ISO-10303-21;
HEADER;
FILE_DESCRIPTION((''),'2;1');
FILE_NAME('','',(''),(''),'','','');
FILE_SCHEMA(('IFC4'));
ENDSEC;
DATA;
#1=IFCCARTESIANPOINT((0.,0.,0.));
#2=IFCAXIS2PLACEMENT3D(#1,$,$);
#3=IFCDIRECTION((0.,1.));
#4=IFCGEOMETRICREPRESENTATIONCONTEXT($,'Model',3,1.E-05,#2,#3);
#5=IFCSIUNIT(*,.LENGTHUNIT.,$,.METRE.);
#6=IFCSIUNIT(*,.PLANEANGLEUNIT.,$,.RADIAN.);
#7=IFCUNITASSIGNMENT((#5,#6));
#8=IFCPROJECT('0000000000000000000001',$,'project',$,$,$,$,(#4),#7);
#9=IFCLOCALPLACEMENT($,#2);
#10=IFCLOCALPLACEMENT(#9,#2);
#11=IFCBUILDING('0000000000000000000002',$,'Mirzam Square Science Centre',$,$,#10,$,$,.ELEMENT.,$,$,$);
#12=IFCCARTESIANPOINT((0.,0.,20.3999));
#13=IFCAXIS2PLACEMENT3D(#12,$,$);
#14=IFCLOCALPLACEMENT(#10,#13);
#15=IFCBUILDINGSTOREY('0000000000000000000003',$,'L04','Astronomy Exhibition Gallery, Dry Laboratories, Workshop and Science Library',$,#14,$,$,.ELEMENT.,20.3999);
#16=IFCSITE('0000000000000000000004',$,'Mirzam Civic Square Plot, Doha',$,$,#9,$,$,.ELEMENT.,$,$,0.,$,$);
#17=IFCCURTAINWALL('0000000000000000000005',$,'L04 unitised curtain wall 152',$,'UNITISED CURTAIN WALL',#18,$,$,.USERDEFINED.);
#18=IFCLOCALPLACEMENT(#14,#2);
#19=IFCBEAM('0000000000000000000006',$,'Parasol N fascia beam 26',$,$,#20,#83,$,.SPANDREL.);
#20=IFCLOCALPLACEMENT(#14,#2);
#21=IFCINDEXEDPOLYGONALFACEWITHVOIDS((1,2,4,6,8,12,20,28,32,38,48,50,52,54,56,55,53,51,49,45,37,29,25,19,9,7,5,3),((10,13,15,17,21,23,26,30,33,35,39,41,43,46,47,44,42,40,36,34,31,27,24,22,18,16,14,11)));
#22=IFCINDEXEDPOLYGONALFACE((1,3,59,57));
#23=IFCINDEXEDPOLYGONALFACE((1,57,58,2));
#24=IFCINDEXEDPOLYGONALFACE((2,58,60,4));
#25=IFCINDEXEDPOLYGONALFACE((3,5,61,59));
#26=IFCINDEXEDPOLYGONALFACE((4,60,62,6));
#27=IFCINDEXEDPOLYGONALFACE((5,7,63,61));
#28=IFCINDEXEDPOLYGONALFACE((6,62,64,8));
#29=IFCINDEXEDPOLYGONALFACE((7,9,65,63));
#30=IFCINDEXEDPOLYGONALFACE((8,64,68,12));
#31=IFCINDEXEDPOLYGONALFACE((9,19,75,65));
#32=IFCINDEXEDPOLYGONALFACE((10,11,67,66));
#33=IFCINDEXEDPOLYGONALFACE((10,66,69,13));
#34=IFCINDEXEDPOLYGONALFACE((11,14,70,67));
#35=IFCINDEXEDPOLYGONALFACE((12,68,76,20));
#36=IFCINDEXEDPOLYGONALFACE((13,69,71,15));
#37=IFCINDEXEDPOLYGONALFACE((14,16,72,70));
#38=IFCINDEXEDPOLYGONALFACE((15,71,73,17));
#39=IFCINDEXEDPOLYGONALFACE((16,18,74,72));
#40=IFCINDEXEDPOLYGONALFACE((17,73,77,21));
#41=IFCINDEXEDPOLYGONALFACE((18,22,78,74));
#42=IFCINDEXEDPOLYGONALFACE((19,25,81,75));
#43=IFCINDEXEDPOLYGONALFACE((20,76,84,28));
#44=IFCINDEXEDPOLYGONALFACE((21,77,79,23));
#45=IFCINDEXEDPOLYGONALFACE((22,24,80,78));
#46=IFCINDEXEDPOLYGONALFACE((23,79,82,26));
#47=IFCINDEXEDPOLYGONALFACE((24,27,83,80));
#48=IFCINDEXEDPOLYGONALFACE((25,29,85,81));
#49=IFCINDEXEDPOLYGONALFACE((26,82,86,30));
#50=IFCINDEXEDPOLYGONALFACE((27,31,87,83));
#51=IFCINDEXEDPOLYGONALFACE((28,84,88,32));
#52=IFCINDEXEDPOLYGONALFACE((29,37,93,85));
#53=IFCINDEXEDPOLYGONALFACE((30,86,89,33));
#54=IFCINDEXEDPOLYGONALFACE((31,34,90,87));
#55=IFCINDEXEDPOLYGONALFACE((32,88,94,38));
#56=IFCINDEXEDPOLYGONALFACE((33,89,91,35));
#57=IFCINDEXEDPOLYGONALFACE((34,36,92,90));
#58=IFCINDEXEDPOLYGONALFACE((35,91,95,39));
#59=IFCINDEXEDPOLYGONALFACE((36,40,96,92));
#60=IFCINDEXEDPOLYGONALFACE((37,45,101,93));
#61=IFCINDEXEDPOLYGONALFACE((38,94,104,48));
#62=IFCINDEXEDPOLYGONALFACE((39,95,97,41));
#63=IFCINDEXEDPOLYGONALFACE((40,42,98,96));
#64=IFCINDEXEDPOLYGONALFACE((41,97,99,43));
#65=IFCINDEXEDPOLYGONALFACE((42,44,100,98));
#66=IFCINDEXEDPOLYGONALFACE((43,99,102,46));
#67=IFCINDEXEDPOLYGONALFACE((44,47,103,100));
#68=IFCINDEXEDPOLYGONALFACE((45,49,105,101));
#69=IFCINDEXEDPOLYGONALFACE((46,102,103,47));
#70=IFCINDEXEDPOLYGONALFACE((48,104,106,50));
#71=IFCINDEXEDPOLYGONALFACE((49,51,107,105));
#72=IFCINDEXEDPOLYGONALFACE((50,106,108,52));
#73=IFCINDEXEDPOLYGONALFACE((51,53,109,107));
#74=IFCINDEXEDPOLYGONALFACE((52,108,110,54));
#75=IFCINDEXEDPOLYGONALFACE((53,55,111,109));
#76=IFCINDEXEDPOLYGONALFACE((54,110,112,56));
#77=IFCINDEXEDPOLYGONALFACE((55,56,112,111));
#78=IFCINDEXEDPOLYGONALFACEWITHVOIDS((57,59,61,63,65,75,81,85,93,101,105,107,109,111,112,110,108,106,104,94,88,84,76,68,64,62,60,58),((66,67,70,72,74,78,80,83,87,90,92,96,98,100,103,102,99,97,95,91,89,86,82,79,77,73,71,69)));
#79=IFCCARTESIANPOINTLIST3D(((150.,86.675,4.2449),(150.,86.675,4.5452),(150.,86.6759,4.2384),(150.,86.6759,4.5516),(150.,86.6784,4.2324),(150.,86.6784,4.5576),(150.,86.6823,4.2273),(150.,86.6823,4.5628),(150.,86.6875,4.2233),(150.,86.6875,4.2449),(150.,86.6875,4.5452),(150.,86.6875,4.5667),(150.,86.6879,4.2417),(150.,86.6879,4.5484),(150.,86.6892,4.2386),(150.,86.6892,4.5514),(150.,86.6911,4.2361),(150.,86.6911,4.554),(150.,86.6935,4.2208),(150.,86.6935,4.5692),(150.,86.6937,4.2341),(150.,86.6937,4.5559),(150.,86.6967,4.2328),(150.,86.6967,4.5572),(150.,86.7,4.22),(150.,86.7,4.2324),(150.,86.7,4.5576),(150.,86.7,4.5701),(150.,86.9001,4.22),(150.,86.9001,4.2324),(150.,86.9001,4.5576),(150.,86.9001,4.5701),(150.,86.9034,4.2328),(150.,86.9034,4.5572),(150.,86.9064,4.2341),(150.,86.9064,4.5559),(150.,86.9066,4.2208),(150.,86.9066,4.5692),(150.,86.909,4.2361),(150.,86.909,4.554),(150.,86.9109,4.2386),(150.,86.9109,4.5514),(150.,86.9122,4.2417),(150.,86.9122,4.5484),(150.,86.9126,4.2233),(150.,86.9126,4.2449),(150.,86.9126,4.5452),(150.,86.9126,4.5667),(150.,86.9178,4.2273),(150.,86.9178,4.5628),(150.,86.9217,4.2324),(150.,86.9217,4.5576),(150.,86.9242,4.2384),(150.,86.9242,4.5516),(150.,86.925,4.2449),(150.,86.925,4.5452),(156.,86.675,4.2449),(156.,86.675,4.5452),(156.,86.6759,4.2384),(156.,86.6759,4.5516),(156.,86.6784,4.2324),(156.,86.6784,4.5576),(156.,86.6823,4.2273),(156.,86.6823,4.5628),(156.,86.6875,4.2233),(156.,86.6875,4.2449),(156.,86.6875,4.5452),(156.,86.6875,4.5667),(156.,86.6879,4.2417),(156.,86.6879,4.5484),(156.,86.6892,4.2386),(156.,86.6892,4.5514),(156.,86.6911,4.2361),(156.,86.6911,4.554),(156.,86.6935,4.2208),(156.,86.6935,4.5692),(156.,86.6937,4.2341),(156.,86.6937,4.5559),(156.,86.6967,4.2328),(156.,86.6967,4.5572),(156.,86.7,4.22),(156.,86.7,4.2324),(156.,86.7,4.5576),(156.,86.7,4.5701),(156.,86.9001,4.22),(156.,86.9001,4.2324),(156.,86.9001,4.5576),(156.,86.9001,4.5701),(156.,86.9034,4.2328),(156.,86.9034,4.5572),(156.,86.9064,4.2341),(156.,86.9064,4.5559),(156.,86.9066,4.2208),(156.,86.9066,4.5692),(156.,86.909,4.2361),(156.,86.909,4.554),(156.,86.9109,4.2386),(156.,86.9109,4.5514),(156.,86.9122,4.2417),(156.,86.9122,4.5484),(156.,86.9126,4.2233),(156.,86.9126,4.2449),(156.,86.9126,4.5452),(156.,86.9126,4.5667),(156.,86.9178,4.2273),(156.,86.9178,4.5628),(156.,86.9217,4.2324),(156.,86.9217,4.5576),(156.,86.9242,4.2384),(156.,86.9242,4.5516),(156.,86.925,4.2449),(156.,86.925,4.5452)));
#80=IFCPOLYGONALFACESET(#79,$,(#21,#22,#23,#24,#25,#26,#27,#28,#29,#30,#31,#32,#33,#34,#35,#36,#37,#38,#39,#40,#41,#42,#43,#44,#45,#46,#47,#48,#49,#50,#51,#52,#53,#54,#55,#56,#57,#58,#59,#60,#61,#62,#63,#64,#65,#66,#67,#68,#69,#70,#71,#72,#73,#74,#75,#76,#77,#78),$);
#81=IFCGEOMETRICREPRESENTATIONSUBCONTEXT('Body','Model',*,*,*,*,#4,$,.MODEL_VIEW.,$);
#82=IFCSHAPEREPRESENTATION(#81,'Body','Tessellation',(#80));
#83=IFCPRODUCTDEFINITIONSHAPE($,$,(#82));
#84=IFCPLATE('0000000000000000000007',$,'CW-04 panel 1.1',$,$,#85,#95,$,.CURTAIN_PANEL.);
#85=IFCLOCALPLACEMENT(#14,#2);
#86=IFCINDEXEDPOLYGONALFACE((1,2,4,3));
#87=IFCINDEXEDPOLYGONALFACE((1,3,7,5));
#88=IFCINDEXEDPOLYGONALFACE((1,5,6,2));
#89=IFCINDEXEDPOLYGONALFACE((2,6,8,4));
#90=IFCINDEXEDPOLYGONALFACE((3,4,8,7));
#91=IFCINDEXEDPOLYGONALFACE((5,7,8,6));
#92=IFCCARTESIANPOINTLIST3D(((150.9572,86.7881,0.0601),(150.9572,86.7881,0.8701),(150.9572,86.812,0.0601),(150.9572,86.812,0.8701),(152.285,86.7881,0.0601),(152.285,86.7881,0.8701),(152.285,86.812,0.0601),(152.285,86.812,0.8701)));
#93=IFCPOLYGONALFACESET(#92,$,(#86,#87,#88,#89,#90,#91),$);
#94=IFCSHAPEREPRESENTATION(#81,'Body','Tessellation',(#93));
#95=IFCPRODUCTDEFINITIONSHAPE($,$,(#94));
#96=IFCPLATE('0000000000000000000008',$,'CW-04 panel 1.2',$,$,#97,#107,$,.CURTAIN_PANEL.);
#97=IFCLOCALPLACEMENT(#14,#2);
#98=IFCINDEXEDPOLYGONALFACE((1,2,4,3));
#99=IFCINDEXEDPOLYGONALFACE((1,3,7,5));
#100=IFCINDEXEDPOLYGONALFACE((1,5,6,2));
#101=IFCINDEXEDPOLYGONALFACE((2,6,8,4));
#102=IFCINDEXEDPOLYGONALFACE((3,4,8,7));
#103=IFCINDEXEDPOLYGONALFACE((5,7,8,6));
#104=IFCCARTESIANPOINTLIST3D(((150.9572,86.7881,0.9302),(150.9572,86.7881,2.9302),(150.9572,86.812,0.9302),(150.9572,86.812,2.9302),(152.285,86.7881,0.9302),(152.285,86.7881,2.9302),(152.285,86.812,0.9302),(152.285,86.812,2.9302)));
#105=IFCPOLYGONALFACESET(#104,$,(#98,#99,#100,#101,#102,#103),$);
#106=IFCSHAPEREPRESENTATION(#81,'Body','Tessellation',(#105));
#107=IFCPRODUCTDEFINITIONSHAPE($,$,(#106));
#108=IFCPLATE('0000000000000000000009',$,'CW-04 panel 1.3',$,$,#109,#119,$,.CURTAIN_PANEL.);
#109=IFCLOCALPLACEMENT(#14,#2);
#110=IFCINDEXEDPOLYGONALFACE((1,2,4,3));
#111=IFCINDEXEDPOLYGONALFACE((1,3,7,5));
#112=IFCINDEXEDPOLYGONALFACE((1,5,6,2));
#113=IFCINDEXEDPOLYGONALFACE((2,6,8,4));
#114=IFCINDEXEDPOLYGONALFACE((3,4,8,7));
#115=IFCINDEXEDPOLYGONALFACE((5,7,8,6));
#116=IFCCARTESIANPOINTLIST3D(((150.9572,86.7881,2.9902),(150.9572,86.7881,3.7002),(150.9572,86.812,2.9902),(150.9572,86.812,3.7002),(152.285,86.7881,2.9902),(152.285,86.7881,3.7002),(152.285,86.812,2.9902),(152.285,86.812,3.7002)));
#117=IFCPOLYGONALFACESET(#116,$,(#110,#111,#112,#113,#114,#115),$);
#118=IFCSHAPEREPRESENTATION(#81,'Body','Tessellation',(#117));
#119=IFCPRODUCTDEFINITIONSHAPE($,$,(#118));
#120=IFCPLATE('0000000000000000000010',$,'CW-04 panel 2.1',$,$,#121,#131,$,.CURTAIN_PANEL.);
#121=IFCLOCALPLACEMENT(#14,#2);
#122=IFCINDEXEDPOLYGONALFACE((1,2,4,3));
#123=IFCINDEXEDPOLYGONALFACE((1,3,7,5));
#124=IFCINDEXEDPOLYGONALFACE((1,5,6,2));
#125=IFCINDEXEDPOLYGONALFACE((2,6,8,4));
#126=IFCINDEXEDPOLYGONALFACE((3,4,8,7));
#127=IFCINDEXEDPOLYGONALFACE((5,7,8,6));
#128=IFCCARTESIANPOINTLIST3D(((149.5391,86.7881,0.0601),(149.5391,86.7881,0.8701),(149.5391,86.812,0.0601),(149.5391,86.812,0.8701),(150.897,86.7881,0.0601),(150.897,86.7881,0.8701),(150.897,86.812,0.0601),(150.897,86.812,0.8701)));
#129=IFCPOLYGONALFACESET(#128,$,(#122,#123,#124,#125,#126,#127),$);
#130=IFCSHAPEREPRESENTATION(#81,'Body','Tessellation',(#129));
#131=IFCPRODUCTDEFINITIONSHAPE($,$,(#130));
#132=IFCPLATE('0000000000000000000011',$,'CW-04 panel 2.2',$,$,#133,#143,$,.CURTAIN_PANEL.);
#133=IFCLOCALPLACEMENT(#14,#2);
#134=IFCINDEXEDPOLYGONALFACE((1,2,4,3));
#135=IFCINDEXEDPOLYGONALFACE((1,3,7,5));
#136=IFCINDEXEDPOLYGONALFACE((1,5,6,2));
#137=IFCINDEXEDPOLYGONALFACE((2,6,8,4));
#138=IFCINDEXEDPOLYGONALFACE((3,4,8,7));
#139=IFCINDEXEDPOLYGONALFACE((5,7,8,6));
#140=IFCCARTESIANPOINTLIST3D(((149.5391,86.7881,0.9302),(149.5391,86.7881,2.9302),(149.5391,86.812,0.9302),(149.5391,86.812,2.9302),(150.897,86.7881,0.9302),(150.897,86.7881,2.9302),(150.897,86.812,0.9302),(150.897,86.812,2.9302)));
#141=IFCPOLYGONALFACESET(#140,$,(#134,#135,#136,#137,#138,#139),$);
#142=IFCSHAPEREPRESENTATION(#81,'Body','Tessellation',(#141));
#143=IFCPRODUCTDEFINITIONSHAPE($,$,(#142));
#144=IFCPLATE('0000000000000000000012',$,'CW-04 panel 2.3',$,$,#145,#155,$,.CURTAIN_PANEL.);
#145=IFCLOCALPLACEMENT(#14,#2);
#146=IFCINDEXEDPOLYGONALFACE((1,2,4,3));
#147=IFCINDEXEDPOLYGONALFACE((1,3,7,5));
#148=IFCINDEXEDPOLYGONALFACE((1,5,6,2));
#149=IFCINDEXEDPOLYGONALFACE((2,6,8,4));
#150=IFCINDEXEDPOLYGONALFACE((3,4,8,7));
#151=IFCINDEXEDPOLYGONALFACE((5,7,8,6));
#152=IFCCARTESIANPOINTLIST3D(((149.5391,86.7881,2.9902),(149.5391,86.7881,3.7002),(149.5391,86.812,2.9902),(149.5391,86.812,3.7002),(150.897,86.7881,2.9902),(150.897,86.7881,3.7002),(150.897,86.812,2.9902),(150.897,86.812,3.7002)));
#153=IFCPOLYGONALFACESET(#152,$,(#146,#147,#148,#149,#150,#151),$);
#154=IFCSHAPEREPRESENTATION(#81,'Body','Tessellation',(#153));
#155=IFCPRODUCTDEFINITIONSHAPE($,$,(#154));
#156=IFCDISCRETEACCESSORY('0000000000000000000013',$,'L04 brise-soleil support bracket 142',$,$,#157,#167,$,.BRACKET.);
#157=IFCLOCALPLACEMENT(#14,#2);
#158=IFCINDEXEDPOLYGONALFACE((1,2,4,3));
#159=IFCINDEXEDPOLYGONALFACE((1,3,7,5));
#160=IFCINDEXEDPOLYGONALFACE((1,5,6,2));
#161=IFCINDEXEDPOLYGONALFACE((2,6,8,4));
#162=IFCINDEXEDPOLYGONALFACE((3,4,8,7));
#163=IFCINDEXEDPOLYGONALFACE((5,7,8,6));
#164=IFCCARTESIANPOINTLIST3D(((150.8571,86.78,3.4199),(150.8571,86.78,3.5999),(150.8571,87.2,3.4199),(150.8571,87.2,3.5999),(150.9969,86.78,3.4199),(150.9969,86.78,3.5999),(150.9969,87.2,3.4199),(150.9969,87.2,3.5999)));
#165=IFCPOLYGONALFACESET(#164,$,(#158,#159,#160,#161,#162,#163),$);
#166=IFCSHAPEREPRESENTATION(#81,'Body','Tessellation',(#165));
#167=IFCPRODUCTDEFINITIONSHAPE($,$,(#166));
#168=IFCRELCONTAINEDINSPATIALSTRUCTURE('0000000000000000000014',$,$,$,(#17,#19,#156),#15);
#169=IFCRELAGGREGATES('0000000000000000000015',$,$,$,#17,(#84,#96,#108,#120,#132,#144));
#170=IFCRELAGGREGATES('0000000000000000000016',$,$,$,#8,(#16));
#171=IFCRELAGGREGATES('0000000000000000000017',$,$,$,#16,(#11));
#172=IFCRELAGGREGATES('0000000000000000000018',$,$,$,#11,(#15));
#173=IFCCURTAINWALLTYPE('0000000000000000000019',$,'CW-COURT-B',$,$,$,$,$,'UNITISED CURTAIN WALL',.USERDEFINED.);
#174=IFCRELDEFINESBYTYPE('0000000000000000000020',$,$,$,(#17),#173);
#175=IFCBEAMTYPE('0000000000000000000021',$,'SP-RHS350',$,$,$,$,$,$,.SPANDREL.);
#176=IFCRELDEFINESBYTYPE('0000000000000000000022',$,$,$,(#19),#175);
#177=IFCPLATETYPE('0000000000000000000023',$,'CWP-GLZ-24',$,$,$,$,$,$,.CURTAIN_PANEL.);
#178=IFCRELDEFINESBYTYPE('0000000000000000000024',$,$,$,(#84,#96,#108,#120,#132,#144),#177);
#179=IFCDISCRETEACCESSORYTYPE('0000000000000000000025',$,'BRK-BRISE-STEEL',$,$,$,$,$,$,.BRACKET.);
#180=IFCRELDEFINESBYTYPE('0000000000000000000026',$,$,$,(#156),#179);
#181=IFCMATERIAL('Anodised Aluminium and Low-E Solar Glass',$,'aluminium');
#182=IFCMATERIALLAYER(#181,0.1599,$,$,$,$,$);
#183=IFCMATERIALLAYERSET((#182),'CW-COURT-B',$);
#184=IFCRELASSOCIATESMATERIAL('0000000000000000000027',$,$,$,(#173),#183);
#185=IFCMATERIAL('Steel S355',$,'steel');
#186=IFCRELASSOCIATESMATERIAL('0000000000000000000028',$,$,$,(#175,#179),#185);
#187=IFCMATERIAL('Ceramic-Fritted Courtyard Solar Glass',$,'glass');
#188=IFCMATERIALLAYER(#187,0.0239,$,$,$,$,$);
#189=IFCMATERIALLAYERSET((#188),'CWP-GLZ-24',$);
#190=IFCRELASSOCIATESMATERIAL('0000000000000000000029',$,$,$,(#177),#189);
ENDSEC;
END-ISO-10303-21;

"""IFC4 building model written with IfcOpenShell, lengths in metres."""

from ifc_helpers import new_model, si_unit, direction, frame, origin, origin_2d, place, context, subcontext, project, spatial, rectangle, hollow_rectangle, extrude, material, layer, layer_set, material_profile, profile_set, type_object, element, aggregate, save


model = new_model("IFC4")

# Units and contexts
model_context = context("Model", 3, precision=1e-05, world=origin(), true_north=direction((0.0, 1.0)))
body_context = subcontext(model_context, "Body", "Model", "MODEL_VIEW")
ifc_project = project(units=[si_unit("LENGTHUNIT", "METRE"), si_unit("PLANEANGLEUNIT", "RADIAN")], contexts=[model_context])

# Site, building, storey
site_placement = place(None, origin())
site = spatial("IfcSite", under=ifc_project, at=site_placement, Name="Mirzam Civic Square Plot, Doha", CompositionType="ELEMENT", RefElevation=0.0)
building_placement = place(site_placement, origin())
building = spatial("IfcBuilding", under=site, at=building_placement, Name="Mirzam Square Science Centre", CompositionType="ELEMENT")
storey_placement = place(building_placement, frame((0.0, 0.0, 20.3999)))
storey = spatial("IfcBuildingStorey", under=building, at=storey_placement, Name="L04", Description="Astronomy Exhibition Gallery, Dry Laboratories, Workshop and Science Library", CompositionType="ELEMENT", Elevation=20.3999)

# Shared definitions
ifc_material_1 = material(Name="Steel S355", Category="steel")

# Curtain wall
ifc_material_2 = material(Name="Anodised Aluminium and Low-E Solar Glass", Category="aluminium")
ifc_layer_1 = layer(ifc_material_2, 0.1599)
ifc_layer_set_1 = layer_set([ifc_layer_1], Name="CW-COURT-B")
curtain_wall_type = type_object("IfcCurtainWallType", Name="CW-COURT-B", ElementType="UNITISED CURTAIN WALL", PredefinedType="USERDEFINED", material=ifc_layer_set_1)
curtain_wall_placement = place(storey_placement, origin())
curtain_wall = element("IfcCurtainWall", 1, at=curtain_wall_placement, inside=storey, type_object=curtain_wall_type, Name="L04 unitised curtain wall 152", ObjectType="UNITISED CURTAIN WALL", PredefinedType="USERDEFINED")

# Beam
ifc_material_profile_1 = material_profile(ifc_material_1, hollow_rectangle(XDim=0.25, YDim=0.3501, WallThickness=0.0125, InnerFilletRadius=0.0125, OuterFilletRadius=0.0249, at=origin_2d()), Name="350x250x12.5RHS")
ifc_profile_set_1 = profile_set([ifc_material_profile_1], Name="Steel S355")
beam_type_1 = type_object("IfcBeamType", Name="SP-RHS350", PredefinedType="SPANDREL", material=ifc_profile_set_1)
for number, where, z_axis, x_axis, name in (
    (2, (150.0, 86.8, 4.395), (1.0, 0.0, 0.0), (0.0, 1.0, 0.0), "Parasol N fascia beam 26"),
):
    element("IfcBeam", number, at=place(storey_placement, frame(where, z_axis=z_axis, x_axis=x_axis)), inside=storey, type_object=beam_type_1, Name=name, PredefinedType="SPANDREL", context=body_context, shape_type="SweptSolid", body=[
        extrude(hollow_rectangle(XDim=0.25, YDim=0.3501, WallThickness=0.0125, InnerFilletRadius=0.0125, OuterFilletRadius=0.0249, at=origin_2d()), origin(), (0.0, 0.0, 1.0), 6.0),
    ])

# Plates
ifc_material_3 = material(Name="Ceramic-Fritted Courtyard Solar Glass", Category="glass")
ifc_layer_2 = layer(ifc_material_3, 0.0239)
ifc_layer_set_2 = layer_set([ifc_layer_2], Name="CWP-GLZ-24")
plate_type = type_object("IfcPlateType", Name="CWP-GLZ-24", PredefinedType="CURTAIN_PANEL", material=ifc_layer_set_2)
plate_1_placement = place(storey_placement, frame((151.6211, 86.8, 0.0601), z_axis=(0.0, 0.0, 1.0), x_axis=(-1.0, 0.0, 0.0)))
plate_1 = element("IfcPlate", 3, at=plate_1_placement, type_object=plate_type, Name="CW-04 panel 1.1", PredefinedType="CURTAIN_PANEL", context=body_context, shape_type="SweptSolid", body=[
    extrude(rectangle(XDim=1.3279, YDim=0.0239, at=origin_2d()), origin(), (0.0, 0.0, 1.0), 0.8101),
])
plate_2_placement = place(storey_placement, frame((151.6211, 86.8, 0.9302), z_axis=(0.0, 0.0, 1.0), x_axis=(-1.0, 0.0, 0.0)))
plate_2 = element("IfcPlate", 4, at=plate_2_placement, type_object=plate_type, Name="CW-04 panel 1.2", PredefinedType="CURTAIN_PANEL", context=body_context, shape_type="SweptSolid", body=[
    extrude(rectangle(XDim=1.3279, YDim=0.0239, at=origin_2d()), origin(), (0.0, 0.0, 1.0), 2.0),
])
plate_3_placement = place(storey_placement, frame((151.6211, 86.8, 2.9902), z_axis=(0.0, 0.0, 1.0), x_axis=(-1.0, 0.0, 0.0)))
plate_3 = element("IfcPlate", 5, at=plate_3_placement, type_object=plate_type, Name="CW-04 panel 1.3", PredefinedType="CURTAIN_PANEL", context=body_context, shape_type="SweptSolid", body=[
    extrude(rectangle(XDim=1.3279, YDim=0.0239, at=origin_2d()), origin(), (0.0, 0.0, 1.0), 0.71),
])
plate_4_placement = place(storey_placement, frame((150.218, 86.8, 0.0601), z_axis=(0.0, 0.0, 1.0), x_axis=(-1.0, 0.0, 0.0)))
plate_4 = element("IfcPlate", 6, at=plate_4_placement, type_object=plate_type, Name="CW-04 panel 2.1", PredefinedType="CURTAIN_PANEL", context=body_context, shape_type="SweptSolid", body=[
    extrude(rectangle(XDim=1.3579, YDim=0.0239, at=origin_2d()), origin(), (0.0, 0.0, 1.0), 0.8101),
])
plate_5_placement = place(storey_placement, frame((150.218, 86.8, 0.9302), z_axis=(0.0, 0.0, 1.0), x_axis=(-1.0, 0.0, 0.0)))
plate_5 = element("IfcPlate", 7, at=plate_5_placement, type_object=plate_type, Name="CW-04 panel 2.2", PredefinedType="CURTAIN_PANEL", context=body_context, shape_type="SweptSolid", body=[
    extrude(rectangle(XDim=1.3579, YDim=0.0239, at=origin_2d()), origin(), (0.0, 0.0, 1.0), 2.0),
])
plate_6_placement = place(storey_placement, frame((150.218, 86.8, 2.9902), z_axis=(0.0, 0.0, 1.0), x_axis=(-1.0, 0.0, 0.0)))
plate_6 = element("IfcPlate", 8, at=plate_6_placement, type_object=plate_type, Name="CW-04 panel 2.3", PredefinedType="CURTAIN_PANEL", context=body_context, shape_type="SweptSolid", body=[
    extrude(rectangle(XDim=1.3579, YDim=0.0239, at=origin_2d()), origin(), (0.0, 0.0, 1.0), 0.71),
])
aggregate(curtain_wall, [plate_1, plate_2, plate_3, plate_4, plate_5, plate_6])

# Discrete accessory
discrete_accessory_type = type_object("IfcDiscreteAccessoryType", Name="BRK-BRISE-STEEL", PredefinedType="BRACKET", material=ifc_material_1)
discrete_accessory_placement = place(storey_placement, frame((150.927, 86.99, 3.4199), z_axis=(0.0, 0.0, 1.0), x_axis=(-1.0, 0.0, 0.0)))
element("IfcDiscreteAccessory", 9, at=discrete_accessory_placement, inside=storey, type_object=discrete_accessory_type, Name="L04 brise-soleil support bracket 142", PredefinedType="BRACKET", context=body_context, shape_type="SweptSolid", body=[
    extrude(rectangle(XDim=0.1399, YDim=0.4199, at=origin_2d()), origin(), (0.0, 0.0, 1.0), 0.1799),
])

save(model, "model.ifc")
